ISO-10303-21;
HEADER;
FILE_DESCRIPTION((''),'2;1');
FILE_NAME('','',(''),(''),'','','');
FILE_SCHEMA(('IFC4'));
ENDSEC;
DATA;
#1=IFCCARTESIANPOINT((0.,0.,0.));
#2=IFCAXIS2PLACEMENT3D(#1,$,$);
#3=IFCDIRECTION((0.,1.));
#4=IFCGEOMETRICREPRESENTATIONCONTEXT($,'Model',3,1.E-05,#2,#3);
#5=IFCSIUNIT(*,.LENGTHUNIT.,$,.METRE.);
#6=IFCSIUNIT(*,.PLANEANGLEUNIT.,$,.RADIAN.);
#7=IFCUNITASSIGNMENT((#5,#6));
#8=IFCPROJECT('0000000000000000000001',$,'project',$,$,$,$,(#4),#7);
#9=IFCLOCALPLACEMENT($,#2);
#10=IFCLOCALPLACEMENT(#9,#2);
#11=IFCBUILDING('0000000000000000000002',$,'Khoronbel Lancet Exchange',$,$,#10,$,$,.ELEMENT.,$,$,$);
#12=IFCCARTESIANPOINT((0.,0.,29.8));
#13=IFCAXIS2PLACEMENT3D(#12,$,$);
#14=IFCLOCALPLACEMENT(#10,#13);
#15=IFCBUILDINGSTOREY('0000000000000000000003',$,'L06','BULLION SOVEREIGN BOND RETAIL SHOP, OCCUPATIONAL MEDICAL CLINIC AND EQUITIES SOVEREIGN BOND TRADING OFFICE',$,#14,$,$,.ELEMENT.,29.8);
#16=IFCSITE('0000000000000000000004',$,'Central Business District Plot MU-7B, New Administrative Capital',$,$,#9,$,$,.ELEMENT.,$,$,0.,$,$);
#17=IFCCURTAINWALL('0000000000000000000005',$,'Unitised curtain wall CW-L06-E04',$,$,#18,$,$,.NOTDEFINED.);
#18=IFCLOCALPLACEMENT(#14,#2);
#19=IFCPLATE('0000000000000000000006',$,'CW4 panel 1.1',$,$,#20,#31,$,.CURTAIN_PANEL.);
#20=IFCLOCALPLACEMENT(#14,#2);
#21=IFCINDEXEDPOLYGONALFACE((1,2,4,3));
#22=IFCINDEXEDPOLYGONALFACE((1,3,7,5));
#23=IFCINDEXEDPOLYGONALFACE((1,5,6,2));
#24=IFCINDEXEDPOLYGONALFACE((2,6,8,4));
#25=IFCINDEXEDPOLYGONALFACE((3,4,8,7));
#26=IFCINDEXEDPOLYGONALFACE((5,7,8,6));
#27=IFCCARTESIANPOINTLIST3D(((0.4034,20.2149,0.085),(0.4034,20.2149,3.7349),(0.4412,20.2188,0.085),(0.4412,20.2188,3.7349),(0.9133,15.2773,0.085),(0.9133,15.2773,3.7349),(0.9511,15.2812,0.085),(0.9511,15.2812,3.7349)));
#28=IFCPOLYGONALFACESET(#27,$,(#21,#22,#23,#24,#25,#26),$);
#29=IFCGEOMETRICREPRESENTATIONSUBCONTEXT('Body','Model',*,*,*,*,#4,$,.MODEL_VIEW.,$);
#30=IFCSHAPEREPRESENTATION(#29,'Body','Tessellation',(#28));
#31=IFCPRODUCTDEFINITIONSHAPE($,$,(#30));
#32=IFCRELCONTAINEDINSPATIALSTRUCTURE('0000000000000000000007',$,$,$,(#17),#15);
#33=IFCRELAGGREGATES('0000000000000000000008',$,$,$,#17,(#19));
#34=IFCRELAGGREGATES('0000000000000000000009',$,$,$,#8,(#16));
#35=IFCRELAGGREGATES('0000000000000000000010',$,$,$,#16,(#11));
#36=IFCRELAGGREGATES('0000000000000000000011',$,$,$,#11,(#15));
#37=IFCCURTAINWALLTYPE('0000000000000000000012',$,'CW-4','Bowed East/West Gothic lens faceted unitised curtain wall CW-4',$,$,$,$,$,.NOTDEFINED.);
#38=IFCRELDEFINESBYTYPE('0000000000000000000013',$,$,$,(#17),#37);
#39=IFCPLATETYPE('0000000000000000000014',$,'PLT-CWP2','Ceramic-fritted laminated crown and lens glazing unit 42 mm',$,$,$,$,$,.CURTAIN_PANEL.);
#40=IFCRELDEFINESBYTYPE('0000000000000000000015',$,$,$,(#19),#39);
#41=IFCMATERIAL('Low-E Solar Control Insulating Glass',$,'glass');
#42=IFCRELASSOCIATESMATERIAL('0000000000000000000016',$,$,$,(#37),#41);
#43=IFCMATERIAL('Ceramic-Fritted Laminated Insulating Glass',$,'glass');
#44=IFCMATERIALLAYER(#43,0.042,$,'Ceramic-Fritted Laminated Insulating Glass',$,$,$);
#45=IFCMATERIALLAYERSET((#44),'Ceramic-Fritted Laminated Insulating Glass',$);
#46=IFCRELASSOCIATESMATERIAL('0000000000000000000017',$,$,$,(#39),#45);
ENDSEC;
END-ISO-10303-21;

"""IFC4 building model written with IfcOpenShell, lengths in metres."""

from ifc_helpers import new_model, si_unit, direction, frame, origin, origin_2d, place, context, subcontext, project, spatial, rectangle, extrude, material, layer, layer_set, type_object, element, aggregate, save


model = new_model("IFC4")

# Units and contexts
model_context = context("Model", 3, precision=1e-05, world=origin(), true_north=direction((0.0, 1.0)))
body_context = subcontext(model_context, "Body", "Model", "MODEL_VIEW")
ifc_project = project(units=[si_unit("LENGTHUNIT", "METRE"), si_unit("PLANEANGLEUNIT", "RADIAN")], contexts=[model_context])

# Site, building, storey
site_placement = place(None, origin())
site = spatial("IfcSite", under=ifc_project, at=site_placement, Name="Central Business District Plot MU-7B, New Administrative Capital", CompositionType="ELEMENT", RefElevation=0.0)
building_placement = place(site_placement, origin())
building = spatial("IfcBuilding", under=site, at=building_placement, Name="Khoronbel Lancet Exchange", CompositionType="ELEMENT")
storey_placement = place(building_placement, frame((0.0, 0.0, 29.8)))
storey = spatial("IfcBuildingStorey", under=building, at=storey_placement, Name="L06", Description="BULLION SOVEREIGN BOND RETAIL SHOP, OCCUPATIONAL MEDICAL CLINIC AND EQUITIES SOVEREIGN BOND TRADING OFFICE", CompositionType="ELEMENT", Elevation=29.8)

# Curtain wall
ifc_material_1 = material(Name="Low-E Solar Control Insulating Glass", Category="glass")
curtain_wall_type = type_object("IfcCurtainWallType", Name="CW-4", Description="Bowed East/West Gothic lens faceted unitised curtain wall CW-4", PredefinedType="NOTDEFINED", material=ifc_material_1)
curtain_wall_1_placement = place(storey_placement, origin())
curtain_wall_1 = element("IfcCurtainWall", 1, at=curtain_wall_1_placement, inside=storey, type_object=curtain_wall_type, Name="Unitised curtain wall CW-L06-E04", PredefinedType="NOTDEFINED")

# Plate
ifc_material_2 = material(Name="Ceramic-Fritted Laminated Insulating Glass", Category="glass")
ifc_layer_1 = layer(ifc_material_2, 0.042, Name="Ceramic-Fritted Laminated Insulating Glass")
ifc_layer_set_1 = layer_set([ifc_layer_1], Name="Ceramic-Fritted Laminated Insulating Glass")
plate_type_1 = type_object("IfcPlateType", Name="PLT-CWP2", Description="Ceramic-fritted laminated crown and lens glazing unit 42 mm", PredefinedType="CURTAIN_PANEL", material=ifc_layer_set_1)
plate_1_placement = place(storey_placement, frame((0.6772, 17.748, 0.085), z_axis=(0.0, 0.0, 1.0), x_axis=(-0.102723, 0.99471, 0.0)))
plate_1 = element("IfcPlate", 2, at=plate_1_placement, type_object=plate_type_1, Name="CW4 panel 1.1", PredefinedType="CURTAIN_PANEL", context=body_context, shape_type="SweptSolid", body=[
    extrude(rectangle(XDim=4.9639, YDim=0.0381, at=origin_2d()), origin(), (0.0, 0.0, 1.0), 3.6499),
])
aggregate(curtain_wall_1, [plate_1])

save(model, "model.ifc")
